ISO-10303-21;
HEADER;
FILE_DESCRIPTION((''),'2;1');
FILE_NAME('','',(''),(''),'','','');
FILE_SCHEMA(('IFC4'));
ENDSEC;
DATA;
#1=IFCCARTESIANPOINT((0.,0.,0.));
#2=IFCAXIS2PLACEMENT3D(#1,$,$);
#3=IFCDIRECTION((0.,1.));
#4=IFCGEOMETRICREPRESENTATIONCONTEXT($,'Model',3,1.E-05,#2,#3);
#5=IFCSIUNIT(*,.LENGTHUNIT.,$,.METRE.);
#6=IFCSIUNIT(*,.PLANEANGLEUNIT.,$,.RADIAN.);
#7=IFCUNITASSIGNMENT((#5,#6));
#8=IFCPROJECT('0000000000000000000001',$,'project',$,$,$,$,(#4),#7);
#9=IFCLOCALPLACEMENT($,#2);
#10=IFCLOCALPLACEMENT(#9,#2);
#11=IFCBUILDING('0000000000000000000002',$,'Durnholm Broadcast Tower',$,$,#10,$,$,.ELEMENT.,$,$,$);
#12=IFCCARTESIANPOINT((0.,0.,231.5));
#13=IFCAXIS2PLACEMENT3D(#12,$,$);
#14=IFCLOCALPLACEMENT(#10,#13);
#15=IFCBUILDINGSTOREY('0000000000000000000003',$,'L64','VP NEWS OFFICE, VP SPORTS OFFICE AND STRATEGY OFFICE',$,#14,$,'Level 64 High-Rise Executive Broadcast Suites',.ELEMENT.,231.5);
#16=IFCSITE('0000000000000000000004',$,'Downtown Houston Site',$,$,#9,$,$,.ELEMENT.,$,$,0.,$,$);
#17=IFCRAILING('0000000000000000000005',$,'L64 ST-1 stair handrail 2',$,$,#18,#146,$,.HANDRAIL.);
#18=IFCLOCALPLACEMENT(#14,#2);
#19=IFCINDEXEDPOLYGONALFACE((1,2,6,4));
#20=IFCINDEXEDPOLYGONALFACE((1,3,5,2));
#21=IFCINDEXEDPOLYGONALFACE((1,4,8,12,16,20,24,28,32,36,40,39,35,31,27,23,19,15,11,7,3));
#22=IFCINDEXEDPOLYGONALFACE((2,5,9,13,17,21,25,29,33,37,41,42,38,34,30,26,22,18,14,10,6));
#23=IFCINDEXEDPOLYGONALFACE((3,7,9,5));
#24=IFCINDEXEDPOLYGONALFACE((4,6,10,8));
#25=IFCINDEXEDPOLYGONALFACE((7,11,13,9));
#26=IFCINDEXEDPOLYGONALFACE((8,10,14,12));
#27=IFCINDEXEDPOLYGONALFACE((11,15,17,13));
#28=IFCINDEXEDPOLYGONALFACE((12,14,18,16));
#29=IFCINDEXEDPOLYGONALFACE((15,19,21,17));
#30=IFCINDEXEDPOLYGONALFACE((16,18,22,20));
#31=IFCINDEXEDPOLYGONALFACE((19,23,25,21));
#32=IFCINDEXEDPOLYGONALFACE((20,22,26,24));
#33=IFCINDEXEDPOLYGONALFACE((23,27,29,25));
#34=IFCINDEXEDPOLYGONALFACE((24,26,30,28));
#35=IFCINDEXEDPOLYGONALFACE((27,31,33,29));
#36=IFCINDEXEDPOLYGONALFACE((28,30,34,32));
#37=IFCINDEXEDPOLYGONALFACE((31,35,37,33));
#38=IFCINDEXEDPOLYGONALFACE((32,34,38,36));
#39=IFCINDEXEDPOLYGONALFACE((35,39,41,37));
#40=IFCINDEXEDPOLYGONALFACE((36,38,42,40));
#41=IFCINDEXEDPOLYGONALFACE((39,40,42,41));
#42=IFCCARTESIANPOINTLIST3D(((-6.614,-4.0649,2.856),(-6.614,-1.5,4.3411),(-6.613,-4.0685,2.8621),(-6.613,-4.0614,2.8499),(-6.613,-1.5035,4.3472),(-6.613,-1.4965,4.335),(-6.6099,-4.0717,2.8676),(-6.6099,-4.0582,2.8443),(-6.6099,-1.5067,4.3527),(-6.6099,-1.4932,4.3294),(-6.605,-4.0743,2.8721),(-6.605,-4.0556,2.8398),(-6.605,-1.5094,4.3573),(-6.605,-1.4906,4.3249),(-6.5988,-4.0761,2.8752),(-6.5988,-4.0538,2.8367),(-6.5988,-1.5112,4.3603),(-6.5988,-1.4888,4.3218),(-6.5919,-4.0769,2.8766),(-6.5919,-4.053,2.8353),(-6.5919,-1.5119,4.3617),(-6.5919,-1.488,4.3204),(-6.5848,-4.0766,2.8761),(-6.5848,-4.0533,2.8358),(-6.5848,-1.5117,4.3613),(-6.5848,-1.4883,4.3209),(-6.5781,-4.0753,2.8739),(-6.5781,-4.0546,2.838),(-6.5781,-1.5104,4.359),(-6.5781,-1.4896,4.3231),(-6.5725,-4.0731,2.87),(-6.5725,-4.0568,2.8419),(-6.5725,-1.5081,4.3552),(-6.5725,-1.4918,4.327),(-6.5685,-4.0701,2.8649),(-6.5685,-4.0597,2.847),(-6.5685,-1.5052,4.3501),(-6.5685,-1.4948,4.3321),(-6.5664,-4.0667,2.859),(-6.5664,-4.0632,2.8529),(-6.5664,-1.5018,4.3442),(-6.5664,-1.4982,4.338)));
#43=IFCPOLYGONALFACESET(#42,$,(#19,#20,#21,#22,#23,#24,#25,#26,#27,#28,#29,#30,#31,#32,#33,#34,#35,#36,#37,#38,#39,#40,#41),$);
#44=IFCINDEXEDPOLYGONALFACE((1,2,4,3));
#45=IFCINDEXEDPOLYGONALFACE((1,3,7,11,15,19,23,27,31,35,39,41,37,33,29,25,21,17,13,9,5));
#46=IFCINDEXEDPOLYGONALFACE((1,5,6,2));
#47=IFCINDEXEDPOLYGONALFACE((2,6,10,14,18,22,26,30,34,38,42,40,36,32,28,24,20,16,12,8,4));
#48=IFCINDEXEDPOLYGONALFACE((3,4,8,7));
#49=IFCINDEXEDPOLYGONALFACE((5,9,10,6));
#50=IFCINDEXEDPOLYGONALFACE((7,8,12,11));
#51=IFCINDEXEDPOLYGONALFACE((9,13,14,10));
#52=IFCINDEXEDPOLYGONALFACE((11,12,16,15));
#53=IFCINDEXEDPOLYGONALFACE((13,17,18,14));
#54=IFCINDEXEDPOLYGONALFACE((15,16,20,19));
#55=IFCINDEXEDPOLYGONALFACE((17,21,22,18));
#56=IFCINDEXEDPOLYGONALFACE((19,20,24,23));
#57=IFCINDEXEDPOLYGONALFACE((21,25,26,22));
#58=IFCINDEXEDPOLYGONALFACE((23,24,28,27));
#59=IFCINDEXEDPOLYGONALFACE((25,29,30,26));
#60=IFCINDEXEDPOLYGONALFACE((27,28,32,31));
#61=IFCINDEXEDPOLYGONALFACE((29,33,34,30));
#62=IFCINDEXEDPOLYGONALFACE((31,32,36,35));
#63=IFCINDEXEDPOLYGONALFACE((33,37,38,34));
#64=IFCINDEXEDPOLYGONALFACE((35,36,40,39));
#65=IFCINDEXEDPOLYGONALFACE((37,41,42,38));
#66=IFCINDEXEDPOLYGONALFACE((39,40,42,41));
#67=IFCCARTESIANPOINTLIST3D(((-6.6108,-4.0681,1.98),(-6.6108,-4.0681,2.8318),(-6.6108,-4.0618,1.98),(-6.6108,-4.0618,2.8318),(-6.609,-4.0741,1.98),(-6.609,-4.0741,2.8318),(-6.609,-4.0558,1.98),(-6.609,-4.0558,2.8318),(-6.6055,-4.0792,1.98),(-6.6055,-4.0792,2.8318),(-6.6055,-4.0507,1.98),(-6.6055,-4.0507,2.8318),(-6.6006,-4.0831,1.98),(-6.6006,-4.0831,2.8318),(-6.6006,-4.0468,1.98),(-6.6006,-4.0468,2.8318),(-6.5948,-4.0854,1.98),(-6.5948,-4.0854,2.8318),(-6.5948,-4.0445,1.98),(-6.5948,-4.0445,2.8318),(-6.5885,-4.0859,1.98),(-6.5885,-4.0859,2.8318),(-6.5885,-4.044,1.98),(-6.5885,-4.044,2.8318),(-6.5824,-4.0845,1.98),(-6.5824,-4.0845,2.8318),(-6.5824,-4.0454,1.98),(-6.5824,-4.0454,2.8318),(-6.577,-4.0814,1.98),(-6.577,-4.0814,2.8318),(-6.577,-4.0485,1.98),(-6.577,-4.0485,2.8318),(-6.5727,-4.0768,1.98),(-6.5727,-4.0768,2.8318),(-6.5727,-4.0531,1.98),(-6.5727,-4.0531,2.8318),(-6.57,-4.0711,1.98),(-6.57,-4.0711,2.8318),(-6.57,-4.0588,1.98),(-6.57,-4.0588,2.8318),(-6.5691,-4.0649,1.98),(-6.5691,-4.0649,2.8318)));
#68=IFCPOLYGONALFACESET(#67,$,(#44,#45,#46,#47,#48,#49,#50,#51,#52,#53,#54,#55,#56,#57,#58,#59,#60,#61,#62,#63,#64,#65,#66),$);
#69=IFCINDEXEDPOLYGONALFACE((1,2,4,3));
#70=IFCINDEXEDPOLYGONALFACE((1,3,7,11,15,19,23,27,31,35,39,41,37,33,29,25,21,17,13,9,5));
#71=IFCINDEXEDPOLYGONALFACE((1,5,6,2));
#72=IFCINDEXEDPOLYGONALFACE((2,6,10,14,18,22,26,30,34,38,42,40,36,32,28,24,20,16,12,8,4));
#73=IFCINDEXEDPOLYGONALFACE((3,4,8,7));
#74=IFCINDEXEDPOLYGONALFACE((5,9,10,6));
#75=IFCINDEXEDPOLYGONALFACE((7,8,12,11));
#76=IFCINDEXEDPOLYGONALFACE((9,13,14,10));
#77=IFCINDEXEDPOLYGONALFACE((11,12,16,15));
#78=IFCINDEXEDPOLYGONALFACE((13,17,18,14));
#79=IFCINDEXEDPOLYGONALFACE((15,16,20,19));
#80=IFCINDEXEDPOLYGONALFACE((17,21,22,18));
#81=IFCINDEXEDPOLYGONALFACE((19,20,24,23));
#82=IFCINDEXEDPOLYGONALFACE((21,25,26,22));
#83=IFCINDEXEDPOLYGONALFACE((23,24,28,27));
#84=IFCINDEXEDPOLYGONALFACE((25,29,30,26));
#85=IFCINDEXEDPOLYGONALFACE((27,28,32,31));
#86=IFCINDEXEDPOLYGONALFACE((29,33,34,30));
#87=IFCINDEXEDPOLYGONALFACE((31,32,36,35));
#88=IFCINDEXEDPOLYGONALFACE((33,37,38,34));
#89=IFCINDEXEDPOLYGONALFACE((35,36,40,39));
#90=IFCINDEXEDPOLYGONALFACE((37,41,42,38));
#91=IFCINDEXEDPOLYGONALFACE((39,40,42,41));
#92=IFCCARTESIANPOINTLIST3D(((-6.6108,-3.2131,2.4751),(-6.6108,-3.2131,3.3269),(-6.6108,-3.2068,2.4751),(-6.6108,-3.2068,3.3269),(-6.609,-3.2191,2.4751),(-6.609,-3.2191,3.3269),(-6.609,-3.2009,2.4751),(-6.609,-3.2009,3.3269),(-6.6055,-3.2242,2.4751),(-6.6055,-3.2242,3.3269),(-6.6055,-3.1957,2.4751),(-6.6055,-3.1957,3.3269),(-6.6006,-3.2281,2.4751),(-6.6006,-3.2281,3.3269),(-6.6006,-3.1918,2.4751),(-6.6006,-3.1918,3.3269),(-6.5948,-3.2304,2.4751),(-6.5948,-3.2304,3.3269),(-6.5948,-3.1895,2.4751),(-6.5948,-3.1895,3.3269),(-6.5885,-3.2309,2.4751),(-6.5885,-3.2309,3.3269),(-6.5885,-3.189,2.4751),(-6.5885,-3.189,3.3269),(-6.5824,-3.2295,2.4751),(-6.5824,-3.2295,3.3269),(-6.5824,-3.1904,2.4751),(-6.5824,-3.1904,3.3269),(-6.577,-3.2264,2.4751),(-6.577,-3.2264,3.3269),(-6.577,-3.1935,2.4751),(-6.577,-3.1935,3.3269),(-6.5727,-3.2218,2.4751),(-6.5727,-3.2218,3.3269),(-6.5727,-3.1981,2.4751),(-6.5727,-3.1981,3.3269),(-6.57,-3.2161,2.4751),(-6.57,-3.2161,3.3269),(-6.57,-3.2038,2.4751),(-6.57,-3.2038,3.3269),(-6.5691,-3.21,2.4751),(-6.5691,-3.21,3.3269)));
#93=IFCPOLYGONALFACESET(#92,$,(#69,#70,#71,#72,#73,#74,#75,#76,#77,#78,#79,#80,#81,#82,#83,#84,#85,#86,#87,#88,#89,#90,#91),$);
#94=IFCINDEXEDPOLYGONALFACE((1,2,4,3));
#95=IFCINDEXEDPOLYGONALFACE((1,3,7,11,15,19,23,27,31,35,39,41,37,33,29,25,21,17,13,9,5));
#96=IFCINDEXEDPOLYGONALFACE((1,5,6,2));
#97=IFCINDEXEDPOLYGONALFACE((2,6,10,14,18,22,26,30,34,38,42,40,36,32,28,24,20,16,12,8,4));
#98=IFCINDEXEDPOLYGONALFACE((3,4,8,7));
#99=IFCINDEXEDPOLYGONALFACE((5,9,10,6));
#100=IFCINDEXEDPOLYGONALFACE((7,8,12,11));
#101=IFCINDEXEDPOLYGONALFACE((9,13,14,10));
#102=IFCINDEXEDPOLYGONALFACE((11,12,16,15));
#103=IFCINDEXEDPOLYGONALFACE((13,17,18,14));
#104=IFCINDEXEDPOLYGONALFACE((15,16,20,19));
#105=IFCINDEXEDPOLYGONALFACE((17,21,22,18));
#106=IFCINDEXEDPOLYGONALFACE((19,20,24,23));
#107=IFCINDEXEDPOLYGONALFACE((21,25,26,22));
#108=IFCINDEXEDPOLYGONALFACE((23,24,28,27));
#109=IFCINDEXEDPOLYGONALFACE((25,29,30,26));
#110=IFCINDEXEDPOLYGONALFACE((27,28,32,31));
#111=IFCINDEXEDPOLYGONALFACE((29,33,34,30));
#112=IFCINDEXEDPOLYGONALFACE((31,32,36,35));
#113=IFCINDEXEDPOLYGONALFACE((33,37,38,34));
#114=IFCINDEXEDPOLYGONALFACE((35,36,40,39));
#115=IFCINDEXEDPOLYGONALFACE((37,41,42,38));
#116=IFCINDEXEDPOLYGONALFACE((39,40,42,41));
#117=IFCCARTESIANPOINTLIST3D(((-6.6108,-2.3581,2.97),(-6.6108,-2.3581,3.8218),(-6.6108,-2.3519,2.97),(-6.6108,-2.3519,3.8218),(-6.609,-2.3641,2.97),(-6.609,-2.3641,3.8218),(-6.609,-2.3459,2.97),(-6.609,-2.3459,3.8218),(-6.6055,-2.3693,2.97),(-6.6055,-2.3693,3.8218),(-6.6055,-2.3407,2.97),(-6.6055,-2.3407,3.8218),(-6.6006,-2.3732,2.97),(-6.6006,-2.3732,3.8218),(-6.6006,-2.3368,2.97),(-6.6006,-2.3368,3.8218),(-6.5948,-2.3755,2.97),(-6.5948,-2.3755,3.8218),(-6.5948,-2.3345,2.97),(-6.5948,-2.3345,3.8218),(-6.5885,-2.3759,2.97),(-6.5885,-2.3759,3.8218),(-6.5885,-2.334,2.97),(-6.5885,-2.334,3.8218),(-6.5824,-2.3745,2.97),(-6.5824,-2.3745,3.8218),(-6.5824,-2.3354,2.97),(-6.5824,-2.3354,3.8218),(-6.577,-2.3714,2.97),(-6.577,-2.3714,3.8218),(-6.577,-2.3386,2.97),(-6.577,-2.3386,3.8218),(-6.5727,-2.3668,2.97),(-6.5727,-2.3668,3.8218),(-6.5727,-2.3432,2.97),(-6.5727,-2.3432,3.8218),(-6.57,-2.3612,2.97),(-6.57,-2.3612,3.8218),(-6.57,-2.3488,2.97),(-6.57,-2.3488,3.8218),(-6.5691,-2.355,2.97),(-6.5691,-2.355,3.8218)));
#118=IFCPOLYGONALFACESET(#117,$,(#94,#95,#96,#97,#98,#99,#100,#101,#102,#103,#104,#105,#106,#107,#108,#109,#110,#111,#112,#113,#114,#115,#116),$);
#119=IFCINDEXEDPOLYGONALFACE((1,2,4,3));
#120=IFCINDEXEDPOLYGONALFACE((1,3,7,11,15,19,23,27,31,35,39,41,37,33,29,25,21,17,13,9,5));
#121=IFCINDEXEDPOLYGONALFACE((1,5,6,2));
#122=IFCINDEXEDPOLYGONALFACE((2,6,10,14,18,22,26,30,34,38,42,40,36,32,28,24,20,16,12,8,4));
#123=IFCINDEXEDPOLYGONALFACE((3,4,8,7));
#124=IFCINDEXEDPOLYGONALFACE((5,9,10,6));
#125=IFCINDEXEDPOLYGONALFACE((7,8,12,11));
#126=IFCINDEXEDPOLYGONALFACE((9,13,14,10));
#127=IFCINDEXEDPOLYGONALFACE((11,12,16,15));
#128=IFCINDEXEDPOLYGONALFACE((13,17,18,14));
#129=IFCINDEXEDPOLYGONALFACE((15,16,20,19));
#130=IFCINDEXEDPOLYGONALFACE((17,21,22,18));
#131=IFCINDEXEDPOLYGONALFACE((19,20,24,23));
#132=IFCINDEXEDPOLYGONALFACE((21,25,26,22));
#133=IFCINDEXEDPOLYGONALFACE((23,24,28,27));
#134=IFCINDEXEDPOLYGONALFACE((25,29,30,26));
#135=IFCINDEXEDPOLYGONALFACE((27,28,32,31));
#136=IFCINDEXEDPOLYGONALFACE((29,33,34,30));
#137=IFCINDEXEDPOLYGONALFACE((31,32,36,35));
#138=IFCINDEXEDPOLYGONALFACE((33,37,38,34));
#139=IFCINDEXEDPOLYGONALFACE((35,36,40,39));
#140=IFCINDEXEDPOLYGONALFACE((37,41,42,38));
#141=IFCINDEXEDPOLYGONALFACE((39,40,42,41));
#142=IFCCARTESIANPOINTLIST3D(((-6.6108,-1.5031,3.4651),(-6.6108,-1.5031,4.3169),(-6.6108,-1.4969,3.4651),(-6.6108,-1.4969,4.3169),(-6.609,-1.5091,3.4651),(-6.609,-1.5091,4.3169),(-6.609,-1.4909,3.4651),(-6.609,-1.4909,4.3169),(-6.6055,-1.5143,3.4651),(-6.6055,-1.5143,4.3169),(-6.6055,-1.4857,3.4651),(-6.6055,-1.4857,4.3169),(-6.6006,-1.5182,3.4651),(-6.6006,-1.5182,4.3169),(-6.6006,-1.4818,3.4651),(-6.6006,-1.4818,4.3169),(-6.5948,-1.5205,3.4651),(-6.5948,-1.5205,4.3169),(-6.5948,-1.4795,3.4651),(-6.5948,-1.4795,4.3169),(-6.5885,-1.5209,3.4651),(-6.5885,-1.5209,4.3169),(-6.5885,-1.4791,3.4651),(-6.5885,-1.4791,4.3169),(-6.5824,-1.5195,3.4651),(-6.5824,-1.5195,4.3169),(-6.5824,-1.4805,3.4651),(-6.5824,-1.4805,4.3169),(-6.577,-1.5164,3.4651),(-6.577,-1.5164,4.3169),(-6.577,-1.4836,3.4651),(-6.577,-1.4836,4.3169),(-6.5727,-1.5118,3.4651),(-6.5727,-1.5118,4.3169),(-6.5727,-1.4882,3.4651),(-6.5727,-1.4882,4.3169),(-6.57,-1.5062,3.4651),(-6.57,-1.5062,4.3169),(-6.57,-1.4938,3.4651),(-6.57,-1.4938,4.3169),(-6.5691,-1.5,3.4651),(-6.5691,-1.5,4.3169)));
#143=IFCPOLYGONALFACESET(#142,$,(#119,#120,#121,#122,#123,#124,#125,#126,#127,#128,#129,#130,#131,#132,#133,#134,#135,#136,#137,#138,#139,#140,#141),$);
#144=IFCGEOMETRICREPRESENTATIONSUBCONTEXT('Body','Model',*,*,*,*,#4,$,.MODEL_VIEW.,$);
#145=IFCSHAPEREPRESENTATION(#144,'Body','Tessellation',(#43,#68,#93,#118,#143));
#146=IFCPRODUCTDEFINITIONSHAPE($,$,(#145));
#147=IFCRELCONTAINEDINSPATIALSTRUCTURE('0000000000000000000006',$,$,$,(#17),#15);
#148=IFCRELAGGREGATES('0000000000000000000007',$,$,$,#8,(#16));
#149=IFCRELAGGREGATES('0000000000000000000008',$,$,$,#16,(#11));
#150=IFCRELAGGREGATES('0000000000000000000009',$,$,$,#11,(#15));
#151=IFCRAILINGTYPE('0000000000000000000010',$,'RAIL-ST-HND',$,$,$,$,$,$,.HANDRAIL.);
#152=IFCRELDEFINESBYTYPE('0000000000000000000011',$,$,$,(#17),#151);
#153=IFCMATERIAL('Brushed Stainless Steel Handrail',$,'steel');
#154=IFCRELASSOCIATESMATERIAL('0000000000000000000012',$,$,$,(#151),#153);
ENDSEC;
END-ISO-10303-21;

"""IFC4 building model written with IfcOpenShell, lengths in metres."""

from ifc_helpers import new_model, si_unit, direction, frame, origin, origin_2d, place, context, subcontext, project, spatial, circle, extrude, material, type_object, element, save


model = new_model("IFC4")

# Units and contexts
model_context = context("Model", 3, precision=1e-05, world=origin(), true_north=direction((0.0, 1.0)))
body_context = subcontext(model_context, "Body", "Model", "MODEL_VIEW")
ifc_project = project(units=[si_unit("LENGTHUNIT", "METRE"), si_unit("PLANEANGLEUNIT", "RADIAN")], contexts=[model_context])

# Site, building, storey
site_placement = place(None, origin())
site = spatial("IfcSite", under=ifc_project, at=site_placement, Name="Downtown Houston Site", CompositionType="ELEMENT", RefElevation=0.0)
building_placement = place(site_placement, origin())
building = spatial("IfcBuilding", under=site, at=building_placement, Name="Durnholm Broadcast Tower", CompositionType="ELEMENT")
storey_placement = place(building_placement, frame((0.0, 0.0, 231.5)))
storey = spatial("IfcBuildingStorey", under=building, at=storey_placement, Name="L64", Description="VP NEWS OFFICE, VP SPORTS OFFICE AND STRATEGY OFFICE", LongName="Level 64 High-Rise Executive Broadcast Suites", CompositionType="ELEMENT", Elevation=231.5)

# Railing
ifc_material_1 = material(Name="Brushed Stainless Steel Handrail", Category="steel")
railing_type_1 = type_object("IfcRailingType", Name="RAIL-ST-HND", PredefinedType="HANDRAIL", material=ifc_material_1)
railing_1_placement = place(storey_placement, frame((-6.5901, -4.0649, 1.98)))
element("IfcRailing", 1, at=railing_1_placement, inside=storey, type_object=railing_type_1, Name="L64 ST-1 stair handrail 2", PredefinedType="HANDRAIL", context=body_context, shape_type="SweptSolid", body=[
    extrude(circle(Radius=0.0239, at=origin_2d()), frame((0.0, 0.0, 0.876), z_axis=(0.0, 0.865406, 0.501072), x_axis=(-1.0, 0.0, 0.0)), (0.0, 0.0, 1.0), 2.9639),
    extrude(circle(Radius=0.021, at=origin_2d()), origin(), (0.0, 0.0, 1.0), 0.8518),
    extrude(circle(Radius=0.021, at=origin_2d()), frame((0.0, 0.855, 0.4951)), (0.0, 0.0, 1.0), 0.8518),
    extrude(circle(Radius=0.021, at=origin_2d()), frame((0.0, 1.71, 0.99)), (0.0, 0.0, 1.0), 0.8518),
    extrude(circle(Radius=0.021, at=origin_2d()), frame((0.0, 2.5649, 1.4851)), (0.0, 0.0, 1.0), 0.8518),
])

save(model, "model.ifc")
